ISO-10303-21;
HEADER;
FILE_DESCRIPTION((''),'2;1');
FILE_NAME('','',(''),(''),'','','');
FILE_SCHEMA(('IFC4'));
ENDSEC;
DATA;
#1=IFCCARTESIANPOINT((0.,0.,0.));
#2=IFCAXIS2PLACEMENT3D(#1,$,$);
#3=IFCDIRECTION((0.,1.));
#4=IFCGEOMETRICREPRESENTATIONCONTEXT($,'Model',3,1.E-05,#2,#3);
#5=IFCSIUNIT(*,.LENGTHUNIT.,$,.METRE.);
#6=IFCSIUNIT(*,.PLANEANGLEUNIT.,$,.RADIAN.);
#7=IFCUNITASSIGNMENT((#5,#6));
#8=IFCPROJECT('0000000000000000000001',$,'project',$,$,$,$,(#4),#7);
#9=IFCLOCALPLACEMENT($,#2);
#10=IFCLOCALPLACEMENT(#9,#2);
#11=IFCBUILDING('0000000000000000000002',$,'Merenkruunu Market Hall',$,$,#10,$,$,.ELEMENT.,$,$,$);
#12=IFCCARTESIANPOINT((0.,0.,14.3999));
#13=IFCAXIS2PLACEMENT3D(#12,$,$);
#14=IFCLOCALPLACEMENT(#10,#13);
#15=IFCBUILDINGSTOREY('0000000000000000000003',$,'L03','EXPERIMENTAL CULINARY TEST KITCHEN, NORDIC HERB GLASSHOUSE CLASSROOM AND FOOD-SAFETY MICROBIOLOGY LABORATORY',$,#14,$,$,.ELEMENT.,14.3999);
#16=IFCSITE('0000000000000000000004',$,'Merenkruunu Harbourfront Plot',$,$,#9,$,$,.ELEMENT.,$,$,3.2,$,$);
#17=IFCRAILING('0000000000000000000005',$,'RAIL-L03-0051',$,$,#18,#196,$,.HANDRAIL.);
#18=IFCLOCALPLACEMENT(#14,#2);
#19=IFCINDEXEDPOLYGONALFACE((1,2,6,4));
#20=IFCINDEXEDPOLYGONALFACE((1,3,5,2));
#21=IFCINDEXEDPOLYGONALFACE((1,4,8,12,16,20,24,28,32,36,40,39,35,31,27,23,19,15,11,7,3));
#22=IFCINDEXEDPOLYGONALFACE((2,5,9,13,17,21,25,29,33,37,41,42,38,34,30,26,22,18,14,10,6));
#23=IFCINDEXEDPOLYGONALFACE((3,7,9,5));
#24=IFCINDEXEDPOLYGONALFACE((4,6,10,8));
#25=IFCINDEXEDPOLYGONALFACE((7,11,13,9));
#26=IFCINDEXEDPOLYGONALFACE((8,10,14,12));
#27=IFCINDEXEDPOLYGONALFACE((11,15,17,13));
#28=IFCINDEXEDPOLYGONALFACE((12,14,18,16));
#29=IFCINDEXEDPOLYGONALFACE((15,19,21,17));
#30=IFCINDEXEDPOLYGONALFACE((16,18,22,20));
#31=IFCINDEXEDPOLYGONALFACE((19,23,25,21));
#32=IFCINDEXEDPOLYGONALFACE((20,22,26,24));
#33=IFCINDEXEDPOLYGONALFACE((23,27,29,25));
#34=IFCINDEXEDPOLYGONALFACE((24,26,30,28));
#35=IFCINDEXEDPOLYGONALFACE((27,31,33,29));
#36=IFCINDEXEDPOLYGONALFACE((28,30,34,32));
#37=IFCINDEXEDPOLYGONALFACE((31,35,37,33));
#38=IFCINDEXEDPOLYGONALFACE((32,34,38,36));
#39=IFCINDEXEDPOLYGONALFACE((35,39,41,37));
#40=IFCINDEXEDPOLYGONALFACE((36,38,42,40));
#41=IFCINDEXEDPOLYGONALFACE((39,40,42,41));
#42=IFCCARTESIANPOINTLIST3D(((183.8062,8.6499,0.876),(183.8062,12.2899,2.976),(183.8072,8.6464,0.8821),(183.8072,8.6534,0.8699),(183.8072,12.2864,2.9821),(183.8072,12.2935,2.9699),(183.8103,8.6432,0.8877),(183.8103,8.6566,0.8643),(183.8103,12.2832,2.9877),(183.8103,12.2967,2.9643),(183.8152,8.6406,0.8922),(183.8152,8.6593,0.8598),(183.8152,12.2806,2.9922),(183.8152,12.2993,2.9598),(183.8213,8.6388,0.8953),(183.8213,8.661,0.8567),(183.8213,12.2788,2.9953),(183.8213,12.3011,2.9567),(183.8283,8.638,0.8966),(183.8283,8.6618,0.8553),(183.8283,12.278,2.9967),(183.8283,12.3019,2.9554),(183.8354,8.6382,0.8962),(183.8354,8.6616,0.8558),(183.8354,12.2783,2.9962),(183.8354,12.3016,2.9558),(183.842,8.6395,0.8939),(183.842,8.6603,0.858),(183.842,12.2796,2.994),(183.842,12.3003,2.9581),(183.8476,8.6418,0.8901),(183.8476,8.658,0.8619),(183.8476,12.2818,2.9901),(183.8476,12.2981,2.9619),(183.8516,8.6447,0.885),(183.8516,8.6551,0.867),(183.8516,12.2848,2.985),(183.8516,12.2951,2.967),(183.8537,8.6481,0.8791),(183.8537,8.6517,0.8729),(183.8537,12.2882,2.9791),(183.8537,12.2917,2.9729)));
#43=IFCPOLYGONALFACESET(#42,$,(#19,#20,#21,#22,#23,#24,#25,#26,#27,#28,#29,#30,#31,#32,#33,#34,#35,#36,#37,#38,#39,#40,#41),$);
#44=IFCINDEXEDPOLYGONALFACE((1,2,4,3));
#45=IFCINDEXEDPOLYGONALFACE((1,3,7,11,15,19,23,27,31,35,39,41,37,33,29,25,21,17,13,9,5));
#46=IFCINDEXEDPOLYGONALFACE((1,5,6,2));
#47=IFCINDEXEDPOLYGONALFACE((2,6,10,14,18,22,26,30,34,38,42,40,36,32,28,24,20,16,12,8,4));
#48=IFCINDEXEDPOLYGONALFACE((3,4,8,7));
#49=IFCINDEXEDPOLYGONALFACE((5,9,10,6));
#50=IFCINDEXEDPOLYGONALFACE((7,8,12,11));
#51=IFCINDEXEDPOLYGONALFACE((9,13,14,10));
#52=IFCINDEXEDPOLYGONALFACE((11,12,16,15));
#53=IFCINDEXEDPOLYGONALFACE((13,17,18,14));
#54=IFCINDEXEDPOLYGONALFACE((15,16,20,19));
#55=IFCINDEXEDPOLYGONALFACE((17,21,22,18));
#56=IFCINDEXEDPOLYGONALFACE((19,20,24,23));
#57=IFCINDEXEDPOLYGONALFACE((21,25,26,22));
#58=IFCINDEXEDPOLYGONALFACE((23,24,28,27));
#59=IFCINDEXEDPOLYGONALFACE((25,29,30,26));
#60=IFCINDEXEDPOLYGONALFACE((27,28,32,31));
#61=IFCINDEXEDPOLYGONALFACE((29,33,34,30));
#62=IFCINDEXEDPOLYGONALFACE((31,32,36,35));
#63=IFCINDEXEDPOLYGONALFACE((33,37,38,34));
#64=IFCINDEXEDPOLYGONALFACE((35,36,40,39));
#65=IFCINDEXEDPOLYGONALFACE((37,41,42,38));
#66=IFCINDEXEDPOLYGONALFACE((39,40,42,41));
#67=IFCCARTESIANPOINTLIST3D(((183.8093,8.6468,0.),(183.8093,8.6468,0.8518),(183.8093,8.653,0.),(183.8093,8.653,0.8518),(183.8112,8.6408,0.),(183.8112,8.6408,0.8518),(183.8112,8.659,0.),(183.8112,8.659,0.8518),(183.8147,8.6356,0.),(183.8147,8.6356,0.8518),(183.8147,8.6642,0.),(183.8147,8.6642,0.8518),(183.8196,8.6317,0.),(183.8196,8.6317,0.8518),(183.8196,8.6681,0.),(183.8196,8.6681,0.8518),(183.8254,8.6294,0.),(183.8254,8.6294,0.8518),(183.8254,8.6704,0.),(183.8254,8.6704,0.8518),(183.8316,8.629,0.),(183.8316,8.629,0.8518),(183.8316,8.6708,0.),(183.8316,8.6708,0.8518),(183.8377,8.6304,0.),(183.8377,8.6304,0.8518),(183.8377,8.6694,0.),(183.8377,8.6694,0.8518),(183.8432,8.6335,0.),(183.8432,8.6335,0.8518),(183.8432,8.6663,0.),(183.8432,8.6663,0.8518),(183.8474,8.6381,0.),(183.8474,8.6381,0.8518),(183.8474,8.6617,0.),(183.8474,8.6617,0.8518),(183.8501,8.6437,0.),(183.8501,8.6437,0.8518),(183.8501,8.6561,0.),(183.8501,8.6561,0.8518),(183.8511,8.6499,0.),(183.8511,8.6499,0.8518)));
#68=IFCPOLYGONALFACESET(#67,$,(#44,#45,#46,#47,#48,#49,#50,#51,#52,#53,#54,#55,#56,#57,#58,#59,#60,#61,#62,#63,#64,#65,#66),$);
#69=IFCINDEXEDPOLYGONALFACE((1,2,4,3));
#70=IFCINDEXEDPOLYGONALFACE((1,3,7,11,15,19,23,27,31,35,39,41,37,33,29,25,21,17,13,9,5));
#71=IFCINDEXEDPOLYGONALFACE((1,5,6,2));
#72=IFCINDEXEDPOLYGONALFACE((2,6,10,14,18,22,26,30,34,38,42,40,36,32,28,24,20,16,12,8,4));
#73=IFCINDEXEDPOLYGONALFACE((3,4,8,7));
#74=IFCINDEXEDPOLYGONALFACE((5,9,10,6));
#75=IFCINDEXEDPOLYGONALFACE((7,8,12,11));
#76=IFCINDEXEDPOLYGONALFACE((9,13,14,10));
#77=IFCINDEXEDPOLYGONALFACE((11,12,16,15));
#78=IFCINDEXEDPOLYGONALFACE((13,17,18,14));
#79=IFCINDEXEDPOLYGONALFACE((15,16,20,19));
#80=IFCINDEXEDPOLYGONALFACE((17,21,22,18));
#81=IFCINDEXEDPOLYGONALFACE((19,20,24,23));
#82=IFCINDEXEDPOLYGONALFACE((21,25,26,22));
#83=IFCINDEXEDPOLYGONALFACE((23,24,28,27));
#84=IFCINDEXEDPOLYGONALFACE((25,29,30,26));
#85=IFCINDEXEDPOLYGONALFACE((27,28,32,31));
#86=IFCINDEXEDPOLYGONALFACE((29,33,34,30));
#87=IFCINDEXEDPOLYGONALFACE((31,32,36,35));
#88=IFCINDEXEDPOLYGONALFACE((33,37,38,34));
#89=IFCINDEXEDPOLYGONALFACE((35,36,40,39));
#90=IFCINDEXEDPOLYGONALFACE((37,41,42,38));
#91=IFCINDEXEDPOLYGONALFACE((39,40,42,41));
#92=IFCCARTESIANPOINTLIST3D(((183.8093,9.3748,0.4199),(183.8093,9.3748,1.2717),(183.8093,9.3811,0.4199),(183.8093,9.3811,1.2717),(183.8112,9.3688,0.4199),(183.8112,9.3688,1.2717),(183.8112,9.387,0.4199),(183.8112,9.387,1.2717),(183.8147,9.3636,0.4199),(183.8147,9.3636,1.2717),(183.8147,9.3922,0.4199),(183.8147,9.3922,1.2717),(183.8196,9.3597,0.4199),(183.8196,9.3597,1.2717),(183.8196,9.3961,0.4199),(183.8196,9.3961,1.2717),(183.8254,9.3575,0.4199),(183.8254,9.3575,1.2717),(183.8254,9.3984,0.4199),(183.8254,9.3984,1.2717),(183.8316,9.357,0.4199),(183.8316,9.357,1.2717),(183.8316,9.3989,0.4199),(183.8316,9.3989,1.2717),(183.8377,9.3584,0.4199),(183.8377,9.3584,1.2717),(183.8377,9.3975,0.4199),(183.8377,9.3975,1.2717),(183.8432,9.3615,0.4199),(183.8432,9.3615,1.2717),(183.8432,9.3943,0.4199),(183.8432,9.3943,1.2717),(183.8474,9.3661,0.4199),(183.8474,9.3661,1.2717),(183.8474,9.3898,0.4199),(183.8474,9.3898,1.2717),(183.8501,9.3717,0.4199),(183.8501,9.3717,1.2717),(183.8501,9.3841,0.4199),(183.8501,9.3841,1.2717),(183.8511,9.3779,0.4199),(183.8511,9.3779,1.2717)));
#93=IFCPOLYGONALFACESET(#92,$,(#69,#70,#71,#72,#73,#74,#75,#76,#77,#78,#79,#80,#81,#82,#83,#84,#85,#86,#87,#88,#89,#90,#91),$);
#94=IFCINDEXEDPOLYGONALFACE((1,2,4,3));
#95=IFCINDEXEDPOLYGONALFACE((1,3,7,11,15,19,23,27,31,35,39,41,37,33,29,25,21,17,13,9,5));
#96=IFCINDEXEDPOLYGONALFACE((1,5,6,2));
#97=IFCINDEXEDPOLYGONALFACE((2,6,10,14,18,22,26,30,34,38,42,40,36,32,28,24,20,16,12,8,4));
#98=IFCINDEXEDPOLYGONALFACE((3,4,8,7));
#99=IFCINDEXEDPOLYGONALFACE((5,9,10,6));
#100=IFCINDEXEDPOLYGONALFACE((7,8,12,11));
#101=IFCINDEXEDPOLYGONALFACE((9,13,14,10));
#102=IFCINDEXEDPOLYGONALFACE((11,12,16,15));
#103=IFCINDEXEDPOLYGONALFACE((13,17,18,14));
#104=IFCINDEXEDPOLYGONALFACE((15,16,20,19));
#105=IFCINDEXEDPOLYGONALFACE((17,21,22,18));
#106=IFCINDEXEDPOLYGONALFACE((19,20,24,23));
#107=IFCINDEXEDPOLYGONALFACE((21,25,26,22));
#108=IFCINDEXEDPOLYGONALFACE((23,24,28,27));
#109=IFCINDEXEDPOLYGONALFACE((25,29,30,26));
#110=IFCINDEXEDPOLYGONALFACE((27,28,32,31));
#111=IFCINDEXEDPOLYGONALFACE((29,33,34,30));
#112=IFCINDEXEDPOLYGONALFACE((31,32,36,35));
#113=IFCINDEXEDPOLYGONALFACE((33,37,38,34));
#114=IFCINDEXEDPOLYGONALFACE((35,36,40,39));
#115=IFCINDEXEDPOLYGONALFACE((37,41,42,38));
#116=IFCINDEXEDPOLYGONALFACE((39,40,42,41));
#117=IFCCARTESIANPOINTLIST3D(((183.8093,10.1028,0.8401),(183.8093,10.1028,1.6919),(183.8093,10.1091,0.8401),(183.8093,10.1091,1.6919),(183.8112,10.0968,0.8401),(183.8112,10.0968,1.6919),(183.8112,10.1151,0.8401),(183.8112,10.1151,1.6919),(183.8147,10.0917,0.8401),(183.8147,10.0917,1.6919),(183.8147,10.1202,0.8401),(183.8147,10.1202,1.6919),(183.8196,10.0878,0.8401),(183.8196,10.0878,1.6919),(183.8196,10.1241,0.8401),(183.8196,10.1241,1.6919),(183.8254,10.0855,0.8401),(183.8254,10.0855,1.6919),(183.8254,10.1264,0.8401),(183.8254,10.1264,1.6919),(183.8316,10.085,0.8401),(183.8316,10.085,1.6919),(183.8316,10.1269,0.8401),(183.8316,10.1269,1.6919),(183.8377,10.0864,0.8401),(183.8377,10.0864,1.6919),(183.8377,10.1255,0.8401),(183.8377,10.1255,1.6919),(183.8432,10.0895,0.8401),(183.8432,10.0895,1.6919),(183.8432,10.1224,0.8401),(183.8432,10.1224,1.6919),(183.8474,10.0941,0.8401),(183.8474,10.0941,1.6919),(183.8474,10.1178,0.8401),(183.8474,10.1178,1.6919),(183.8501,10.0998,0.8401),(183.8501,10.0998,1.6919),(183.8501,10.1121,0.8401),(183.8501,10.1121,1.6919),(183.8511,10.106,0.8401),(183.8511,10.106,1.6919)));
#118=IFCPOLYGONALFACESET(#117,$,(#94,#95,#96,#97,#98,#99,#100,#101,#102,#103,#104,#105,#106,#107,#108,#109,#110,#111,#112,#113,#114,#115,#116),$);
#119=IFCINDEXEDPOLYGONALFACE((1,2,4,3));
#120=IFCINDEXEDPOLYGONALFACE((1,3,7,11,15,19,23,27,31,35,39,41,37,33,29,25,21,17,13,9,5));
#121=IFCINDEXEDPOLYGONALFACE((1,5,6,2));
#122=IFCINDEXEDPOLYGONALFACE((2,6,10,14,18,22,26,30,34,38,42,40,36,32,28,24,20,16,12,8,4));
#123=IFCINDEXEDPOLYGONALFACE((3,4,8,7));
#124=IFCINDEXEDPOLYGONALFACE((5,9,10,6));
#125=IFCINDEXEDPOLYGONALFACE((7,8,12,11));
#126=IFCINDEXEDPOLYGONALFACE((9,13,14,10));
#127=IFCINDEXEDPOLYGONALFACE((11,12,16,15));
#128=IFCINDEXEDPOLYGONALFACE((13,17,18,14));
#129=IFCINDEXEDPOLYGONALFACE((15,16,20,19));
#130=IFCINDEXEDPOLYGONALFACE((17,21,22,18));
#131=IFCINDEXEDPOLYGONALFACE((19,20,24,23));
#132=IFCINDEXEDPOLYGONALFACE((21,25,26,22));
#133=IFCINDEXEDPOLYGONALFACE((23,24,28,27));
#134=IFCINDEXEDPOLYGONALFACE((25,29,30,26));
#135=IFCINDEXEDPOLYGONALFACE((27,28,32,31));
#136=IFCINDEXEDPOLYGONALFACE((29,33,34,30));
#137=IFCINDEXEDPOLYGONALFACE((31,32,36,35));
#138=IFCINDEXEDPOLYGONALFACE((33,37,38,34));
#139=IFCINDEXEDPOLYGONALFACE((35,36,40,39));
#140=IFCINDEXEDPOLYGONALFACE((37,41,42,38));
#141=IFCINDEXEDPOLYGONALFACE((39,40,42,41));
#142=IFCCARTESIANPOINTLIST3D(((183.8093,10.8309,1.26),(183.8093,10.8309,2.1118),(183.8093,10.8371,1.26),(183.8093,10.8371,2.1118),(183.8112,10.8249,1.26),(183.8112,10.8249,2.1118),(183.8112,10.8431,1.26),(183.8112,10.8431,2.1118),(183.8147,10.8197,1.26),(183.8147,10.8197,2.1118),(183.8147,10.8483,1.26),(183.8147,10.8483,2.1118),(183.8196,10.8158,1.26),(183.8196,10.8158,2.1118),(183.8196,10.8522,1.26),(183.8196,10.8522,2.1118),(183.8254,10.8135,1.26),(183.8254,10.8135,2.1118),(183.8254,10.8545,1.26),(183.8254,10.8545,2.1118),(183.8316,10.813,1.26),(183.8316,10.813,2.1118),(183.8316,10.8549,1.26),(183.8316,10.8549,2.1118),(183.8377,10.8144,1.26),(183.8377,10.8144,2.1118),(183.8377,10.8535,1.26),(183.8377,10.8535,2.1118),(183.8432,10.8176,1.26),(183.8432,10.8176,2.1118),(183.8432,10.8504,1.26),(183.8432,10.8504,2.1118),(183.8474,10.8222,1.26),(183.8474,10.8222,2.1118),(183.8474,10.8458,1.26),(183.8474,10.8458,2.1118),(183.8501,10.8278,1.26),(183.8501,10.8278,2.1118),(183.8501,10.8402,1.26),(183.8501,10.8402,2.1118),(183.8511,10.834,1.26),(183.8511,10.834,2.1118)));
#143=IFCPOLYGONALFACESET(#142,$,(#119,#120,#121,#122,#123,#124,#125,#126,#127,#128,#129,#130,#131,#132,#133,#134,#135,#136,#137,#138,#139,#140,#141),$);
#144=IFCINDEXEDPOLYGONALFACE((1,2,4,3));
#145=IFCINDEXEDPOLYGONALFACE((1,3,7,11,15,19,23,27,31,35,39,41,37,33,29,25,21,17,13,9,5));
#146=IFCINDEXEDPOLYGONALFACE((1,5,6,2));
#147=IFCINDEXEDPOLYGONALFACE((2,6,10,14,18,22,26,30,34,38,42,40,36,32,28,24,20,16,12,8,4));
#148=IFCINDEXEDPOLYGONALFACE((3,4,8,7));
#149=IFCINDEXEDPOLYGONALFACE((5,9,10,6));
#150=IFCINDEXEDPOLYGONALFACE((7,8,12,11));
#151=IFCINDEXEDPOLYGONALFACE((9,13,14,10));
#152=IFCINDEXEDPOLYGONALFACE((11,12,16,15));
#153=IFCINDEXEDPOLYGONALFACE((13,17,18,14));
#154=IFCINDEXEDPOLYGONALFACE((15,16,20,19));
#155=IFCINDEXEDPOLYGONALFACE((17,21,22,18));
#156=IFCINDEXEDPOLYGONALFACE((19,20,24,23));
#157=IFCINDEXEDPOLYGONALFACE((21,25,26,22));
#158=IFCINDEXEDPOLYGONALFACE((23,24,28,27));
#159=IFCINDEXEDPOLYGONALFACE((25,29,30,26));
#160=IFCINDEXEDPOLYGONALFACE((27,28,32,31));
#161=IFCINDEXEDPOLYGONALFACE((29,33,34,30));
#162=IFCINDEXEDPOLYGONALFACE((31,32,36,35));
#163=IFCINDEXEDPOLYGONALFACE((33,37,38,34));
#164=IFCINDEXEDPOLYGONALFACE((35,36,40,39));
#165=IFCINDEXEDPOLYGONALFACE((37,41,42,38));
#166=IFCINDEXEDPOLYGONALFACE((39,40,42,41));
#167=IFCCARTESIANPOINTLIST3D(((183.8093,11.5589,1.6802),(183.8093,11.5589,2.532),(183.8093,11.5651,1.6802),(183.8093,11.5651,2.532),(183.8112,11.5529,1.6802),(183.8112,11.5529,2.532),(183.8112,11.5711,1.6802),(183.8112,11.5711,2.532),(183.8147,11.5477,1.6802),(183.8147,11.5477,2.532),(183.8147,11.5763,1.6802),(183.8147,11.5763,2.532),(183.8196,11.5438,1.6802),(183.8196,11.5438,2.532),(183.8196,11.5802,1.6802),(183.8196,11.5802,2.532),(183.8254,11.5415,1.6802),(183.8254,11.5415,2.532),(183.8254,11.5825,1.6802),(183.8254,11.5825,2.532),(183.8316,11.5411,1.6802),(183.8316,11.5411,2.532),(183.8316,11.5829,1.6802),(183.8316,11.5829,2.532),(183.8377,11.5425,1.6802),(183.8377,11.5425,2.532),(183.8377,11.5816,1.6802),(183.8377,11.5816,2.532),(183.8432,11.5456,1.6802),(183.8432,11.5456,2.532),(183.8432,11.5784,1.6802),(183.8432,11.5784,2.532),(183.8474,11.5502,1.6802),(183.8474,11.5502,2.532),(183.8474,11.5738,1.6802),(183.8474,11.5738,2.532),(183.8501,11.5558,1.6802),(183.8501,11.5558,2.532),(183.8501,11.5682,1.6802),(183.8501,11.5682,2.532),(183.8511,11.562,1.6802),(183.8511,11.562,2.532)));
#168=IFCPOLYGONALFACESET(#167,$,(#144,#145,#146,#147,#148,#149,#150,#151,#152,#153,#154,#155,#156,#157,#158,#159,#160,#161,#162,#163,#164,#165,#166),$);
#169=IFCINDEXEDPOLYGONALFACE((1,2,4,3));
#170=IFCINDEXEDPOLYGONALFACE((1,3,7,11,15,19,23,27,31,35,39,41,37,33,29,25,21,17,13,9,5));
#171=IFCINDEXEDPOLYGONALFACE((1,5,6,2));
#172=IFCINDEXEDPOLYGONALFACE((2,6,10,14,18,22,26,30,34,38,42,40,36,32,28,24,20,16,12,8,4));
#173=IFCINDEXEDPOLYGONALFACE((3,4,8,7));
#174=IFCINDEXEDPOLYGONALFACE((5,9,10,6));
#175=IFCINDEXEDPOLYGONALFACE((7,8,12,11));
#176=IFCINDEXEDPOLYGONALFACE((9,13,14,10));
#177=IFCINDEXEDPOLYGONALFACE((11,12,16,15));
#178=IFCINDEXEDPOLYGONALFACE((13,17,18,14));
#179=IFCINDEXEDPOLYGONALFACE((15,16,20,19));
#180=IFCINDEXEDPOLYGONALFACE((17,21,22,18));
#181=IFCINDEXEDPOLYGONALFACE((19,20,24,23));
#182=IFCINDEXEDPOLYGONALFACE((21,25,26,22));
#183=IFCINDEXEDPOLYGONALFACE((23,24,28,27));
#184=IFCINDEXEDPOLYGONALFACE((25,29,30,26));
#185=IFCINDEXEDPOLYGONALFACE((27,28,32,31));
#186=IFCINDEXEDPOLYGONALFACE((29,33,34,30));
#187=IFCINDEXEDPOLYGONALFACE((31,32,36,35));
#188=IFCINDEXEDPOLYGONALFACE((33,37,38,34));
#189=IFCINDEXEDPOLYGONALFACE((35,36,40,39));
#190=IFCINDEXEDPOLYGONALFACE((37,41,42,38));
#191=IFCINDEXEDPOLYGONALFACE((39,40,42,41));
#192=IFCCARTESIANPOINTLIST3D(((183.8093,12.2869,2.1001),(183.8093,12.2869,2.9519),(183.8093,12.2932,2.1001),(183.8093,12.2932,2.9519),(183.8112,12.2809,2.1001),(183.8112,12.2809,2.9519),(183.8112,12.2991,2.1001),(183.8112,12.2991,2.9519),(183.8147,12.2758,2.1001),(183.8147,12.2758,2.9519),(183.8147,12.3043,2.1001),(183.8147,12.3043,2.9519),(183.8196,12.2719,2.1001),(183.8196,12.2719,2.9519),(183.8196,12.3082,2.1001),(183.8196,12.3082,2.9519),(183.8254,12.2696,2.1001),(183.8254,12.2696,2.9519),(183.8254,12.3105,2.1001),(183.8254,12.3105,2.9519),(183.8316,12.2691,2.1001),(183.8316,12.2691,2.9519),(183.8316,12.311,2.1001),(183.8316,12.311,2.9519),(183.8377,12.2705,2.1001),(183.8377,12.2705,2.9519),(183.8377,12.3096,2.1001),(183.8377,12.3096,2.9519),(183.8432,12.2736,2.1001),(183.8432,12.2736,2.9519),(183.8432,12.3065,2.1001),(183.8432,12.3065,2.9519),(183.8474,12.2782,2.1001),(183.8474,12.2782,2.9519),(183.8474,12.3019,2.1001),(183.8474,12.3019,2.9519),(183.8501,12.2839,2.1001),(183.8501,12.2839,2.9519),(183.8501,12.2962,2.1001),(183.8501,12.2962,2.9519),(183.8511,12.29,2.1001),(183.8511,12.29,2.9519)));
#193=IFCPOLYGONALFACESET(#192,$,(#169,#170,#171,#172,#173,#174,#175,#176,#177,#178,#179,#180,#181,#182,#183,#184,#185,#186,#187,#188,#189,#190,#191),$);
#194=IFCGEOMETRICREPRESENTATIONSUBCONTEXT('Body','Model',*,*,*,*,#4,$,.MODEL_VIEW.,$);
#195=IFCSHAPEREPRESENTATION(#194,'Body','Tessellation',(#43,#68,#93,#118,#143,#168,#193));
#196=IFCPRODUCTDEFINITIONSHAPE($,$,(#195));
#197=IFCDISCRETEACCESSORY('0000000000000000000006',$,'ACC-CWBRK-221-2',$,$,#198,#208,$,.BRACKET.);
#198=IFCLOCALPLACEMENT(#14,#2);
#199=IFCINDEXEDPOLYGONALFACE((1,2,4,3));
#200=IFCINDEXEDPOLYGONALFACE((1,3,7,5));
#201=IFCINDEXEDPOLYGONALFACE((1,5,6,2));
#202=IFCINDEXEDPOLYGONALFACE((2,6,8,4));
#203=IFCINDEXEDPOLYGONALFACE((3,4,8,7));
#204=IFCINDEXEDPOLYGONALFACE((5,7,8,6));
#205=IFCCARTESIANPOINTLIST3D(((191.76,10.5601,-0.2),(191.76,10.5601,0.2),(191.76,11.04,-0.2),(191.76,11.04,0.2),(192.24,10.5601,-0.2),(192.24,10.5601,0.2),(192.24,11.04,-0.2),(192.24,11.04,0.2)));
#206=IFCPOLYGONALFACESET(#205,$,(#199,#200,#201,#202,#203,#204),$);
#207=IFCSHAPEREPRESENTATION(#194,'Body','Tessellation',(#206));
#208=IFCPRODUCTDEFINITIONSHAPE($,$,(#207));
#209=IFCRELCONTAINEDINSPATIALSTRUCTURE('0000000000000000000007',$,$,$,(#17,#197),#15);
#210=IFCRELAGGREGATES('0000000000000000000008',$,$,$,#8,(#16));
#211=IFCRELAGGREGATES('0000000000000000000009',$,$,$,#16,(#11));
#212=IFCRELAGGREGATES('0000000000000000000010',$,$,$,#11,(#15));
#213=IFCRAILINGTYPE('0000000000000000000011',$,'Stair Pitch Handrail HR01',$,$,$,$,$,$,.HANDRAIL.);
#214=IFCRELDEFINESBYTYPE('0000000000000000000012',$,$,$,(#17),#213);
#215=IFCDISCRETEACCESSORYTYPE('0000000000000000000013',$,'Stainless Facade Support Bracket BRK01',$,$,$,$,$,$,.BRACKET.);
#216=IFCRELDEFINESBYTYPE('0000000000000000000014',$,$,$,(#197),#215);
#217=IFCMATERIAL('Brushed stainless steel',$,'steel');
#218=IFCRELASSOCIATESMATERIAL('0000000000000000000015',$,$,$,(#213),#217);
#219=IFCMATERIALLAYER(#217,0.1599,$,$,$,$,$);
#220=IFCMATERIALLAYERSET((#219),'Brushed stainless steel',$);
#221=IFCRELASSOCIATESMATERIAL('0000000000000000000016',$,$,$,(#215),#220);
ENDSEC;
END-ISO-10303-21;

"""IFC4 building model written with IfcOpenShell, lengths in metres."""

from ifc_helpers import new_model, si_unit, direction, frame, origin, origin_2d, place, context, subcontext, project, spatial, rectangle, circle, extrude, material, layer, layer_set, type_object, element, save


model = new_model("IFC4")

# Units and contexts
model_context = context("Model", 3, precision=1e-05, world=origin(), true_north=direction((0.0, 1.0)))
body_context = subcontext(model_context, "Body", "Model", "MODEL_VIEW")
ifc_project = project(units=[si_unit("LENGTHUNIT", "METRE"), si_unit("PLANEANGLEUNIT", "RADIAN")], contexts=[model_context])

# Site, building, storey
site_placement = place(None, origin())
site = spatial("IfcSite", under=ifc_project, at=site_placement, Name="Merenkruunu Harbourfront Plot", CompositionType="ELEMENT", RefElevation=3.2)
building_placement = place(site_placement, origin())
building = spatial("IfcBuilding", under=site, at=building_placement, Name="Merenkruunu Market Hall", CompositionType="ELEMENT")
storey_placement = place(building_placement, frame((0.0, 0.0, 14.3999)))
storey = spatial("IfcBuildingStorey", under=building, at=storey_placement, Name="L03", Description="EXPERIMENTAL CULINARY TEST KITCHEN, NORDIC HERB GLASSHOUSE CLASSROOM AND FOOD-SAFETY MICROBIOLOGY LABORATORY", CompositionType="ELEMENT", Elevation=14.3999)

# Railing
ifc_material_1 = material(Name="Brushed stainless steel", Category="steel")
railing_type_1 = type_object("IfcRailingType", Name="Stair Pitch Handrail HR01", PredefinedType="HANDRAIL", material=ifc_material_1)
railing_1_placement = place(storey_placement, frame((183.8301, 8.6499, 0.0)))
element("IfcRailing", 1, at=railing_1_placement, inside=storey, type_object=railing_type_1, Name="RAIL-L03-0051", PredefinedType="HANDRAIL", context=body_context, shape_type="SweptSolid", body=[
    extrude(circle(Radius=0.0239, at=origin_2d()), frame((0.0, 0.0, 0.876), z_axis=(0.0, 0.866184, 0.499726), x_axis=(-1.0, 0.0, 0.0)), (0.0, 0.0, 1.0), 4.2024),
    extrude(circle(Radius=0.021, at=origin_2d()), origin(), (0.0, 0.0, 1.0), 0.8518),
    extrude(circle(Radius=0.021, at=origin_2d()), frame((0.0, 0.728, 0.4199)), (0.0, 0.0, 1.0), 0.8518),
    extrude(circle(Radius=0.021, at=origin_2d()), frame((0.0, 1.4561, 0.8401)), (0.0, 0.0, 1.0), 0.8518),
    extrude(circle(Radius=0.021, at=origin_2d()), frame((0.0, 2.1841, 1.26)), (0.0, 0.0, 1.0), 0.8518),
    extrude(circle(Radius=0.021, at=origin_2d()), frame((0.0, 2.9121, 1.6802)), (0.0, 0.0, 1.0), 0.8518),
    extrude(circle(Radius=0.021, at=origin_2d()), frame((0.0, 3.6401, 2.1001)), (0.0, 0.0, 1.0), 0.8518),
])

# Discrete accessory
ifc_layer_1 = layer(ifc_material_1, 0.1599)
ifc_layer_set_1 = layer_set([ifc_layer_1], Name="Brushed stainless steel")
discrete_accessory_type = type_object("IfcDiscreteAccessoryType", Name="Stainless Facade Support Bracket BRK01", PredefinedType="BRACKET", material=ifc_layer_set_1)
for number, where, z_axis, x_axis, name in (
    (2, (192.0, 10.8, -0.2), (0.0, 0.0, 1.0), (1.0, 0.0, 0.0), "ACC-CWBRK-221-2"),
):
    element("IfcDiscreteAccessory", number, at=place(storey_placement, frame(where, z_axis=z_axis, x_axis=x_axis)), inside=storey, type_object=discrete_accessory_type, Name=name, PredefinedType="BRACKET", context=body_context, shape_type="SweptSolid", body=[
        extrude(rectangle(XDim=0.48, YDim=0.48, at=origin_2d()), origin(), (0.0, 0.0, 1.0), 0.3999),
    ])

save(model, "model.ifc")
